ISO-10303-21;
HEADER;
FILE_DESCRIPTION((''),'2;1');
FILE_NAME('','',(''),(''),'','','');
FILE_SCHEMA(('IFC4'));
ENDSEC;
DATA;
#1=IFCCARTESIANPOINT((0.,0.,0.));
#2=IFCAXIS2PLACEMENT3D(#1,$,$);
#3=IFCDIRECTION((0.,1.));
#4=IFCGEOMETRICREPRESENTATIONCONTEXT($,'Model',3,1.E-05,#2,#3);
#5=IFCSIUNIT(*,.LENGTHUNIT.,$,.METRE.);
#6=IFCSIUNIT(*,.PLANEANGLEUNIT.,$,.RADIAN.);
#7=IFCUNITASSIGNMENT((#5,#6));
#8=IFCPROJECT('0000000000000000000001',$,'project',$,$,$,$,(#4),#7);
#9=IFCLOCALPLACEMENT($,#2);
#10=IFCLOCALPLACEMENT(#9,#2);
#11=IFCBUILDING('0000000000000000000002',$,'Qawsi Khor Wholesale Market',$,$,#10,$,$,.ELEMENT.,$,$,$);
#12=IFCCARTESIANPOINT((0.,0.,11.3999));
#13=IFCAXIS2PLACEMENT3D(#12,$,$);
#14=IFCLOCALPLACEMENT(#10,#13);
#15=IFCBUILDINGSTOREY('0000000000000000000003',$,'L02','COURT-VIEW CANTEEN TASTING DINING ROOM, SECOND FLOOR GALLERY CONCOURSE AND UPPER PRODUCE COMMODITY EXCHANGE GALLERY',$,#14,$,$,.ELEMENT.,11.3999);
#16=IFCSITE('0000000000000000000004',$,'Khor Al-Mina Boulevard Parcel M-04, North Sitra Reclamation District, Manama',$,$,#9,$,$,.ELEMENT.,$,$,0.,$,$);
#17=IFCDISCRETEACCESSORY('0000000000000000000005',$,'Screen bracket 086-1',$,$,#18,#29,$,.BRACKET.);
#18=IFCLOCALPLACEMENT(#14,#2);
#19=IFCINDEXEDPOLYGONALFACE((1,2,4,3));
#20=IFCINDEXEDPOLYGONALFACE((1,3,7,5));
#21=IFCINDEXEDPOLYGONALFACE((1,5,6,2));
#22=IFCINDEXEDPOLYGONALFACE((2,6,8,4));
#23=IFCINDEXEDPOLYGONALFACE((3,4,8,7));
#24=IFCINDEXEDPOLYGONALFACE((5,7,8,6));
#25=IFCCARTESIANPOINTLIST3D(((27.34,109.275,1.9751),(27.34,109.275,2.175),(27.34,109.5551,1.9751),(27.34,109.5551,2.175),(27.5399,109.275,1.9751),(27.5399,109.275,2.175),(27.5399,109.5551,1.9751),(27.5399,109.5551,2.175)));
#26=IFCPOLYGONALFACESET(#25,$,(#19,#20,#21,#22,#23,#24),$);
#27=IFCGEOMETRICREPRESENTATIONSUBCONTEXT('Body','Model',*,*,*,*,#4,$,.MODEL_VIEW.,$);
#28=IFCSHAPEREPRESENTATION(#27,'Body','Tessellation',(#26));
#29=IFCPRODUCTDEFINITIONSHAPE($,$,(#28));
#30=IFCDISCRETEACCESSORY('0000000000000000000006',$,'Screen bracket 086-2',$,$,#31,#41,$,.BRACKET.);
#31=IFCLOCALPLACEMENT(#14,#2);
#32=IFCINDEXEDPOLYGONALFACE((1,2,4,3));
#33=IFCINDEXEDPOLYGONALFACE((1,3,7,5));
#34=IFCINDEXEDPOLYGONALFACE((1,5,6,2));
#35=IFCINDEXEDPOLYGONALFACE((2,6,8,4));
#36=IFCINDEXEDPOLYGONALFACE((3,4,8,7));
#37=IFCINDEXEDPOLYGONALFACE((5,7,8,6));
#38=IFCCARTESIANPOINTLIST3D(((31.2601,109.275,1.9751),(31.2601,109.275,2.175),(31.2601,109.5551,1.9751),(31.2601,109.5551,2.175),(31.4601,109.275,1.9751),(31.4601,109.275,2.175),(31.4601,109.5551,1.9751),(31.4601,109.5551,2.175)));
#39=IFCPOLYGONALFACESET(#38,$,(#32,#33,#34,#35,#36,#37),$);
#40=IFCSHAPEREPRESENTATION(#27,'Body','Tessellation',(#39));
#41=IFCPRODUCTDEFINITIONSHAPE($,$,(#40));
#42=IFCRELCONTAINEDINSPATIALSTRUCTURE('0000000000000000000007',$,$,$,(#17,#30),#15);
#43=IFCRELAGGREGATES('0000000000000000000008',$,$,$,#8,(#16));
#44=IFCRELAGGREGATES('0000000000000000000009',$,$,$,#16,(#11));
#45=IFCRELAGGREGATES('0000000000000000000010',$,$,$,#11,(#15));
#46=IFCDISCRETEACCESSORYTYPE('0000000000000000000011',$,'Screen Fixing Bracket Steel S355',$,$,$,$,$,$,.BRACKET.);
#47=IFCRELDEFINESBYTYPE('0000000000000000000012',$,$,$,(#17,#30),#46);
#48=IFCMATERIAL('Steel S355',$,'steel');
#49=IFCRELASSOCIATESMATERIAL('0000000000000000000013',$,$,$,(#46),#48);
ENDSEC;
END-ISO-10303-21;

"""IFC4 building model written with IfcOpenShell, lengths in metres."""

from ifc_helpers import new_model, si_unit, direction, frame, origin, origin_2d, place, context, subcontext, project, spatial, rectangle, extrude, material, type_object, element, save


model = new_model("IFC4")

# Units and contexts
model_context = context("Model", 3, precision=1e-05, world=origin(), true_north=direction((0.0, 1.0)))
body_context = subcontext(model_context, "Body", "Model", "MODEL_VIEW")
ifc_project = project(units=[si_unit("LENGTHUNIT", "METRE"), si_unit("PLANEANGLEUNIT", "RADIAN")], contexts=[model_context])

# Site, building, storey
site_placement = place(None, origin())
site = spatial("IfcSite", under=ifc_project, at=site_placement, Name="Khor Al-Mina Boulevard Parcel M-04, North Sitra Reclamation District, Manama", CompositionType="ELEMENT", RefElevation=0.0)
building_placement = place(site_placement, origin())
building = spatial("IfcBuilding", under=site, at=building_placement, Name="Qawsi Khor Wholesale Market", CompositionType="ELEMENT")
storey_placement = place(building_placement, frame((0.0, 0.0, 11.3999)))
storey = spatial("IfcBuildingStorey", under=building, at=storey_placement, Name="L02", Description="COURT-VIEW CANTEEN TASTING DINING ROOM, SECOND FLOOR GALLERY CONCOURSE AND UPPER PRODUCE COMMODITY EXCHANGE GALLERY", CompositionType="ELEMENT", Elevation=11.3999)

# Shared definitions
ifc_material_1 = material(Name="Steel S355", Category="steel")

# Discrete accessories
discrete_accessory_type = type_object("IfcDiscreteAccessoryType", Name="Screen Fixing Bracket Steel S355", PredefinedType="BRACKET", material=ifc_material_1)
for number, where, z_axis, x_axis, name in (
    (1, (27.4399, 109.415, 1.9751), (0.0, 0.0, 1.0), (1.0, 0.0, 0.0), "Screen bracket 086-1"),
    (2, (31.3601, 109.415, 1.9751), (0.0, 0.0, 1.0), (1.0, 0.0, 0.0), "Screen bracket 086-2"),
):
    element("IfcDiscreteAccessory", number, at=place(storey_placement, frame(where, z_axis=z_axis, x_axis=x_axis)), inside=storey, type_object=discrete_accessory_type, Name=name, PredefinedType="BRACKET", context=body_context, shape_type="SweptSolid", body=[
        extrude(rectangle(XDim=0.2, YDim=0.28, at=origin_2d()), origin(), (0.0, 0.0, 1.0), 0.2),
    ])

save(model, "model.ifc")
